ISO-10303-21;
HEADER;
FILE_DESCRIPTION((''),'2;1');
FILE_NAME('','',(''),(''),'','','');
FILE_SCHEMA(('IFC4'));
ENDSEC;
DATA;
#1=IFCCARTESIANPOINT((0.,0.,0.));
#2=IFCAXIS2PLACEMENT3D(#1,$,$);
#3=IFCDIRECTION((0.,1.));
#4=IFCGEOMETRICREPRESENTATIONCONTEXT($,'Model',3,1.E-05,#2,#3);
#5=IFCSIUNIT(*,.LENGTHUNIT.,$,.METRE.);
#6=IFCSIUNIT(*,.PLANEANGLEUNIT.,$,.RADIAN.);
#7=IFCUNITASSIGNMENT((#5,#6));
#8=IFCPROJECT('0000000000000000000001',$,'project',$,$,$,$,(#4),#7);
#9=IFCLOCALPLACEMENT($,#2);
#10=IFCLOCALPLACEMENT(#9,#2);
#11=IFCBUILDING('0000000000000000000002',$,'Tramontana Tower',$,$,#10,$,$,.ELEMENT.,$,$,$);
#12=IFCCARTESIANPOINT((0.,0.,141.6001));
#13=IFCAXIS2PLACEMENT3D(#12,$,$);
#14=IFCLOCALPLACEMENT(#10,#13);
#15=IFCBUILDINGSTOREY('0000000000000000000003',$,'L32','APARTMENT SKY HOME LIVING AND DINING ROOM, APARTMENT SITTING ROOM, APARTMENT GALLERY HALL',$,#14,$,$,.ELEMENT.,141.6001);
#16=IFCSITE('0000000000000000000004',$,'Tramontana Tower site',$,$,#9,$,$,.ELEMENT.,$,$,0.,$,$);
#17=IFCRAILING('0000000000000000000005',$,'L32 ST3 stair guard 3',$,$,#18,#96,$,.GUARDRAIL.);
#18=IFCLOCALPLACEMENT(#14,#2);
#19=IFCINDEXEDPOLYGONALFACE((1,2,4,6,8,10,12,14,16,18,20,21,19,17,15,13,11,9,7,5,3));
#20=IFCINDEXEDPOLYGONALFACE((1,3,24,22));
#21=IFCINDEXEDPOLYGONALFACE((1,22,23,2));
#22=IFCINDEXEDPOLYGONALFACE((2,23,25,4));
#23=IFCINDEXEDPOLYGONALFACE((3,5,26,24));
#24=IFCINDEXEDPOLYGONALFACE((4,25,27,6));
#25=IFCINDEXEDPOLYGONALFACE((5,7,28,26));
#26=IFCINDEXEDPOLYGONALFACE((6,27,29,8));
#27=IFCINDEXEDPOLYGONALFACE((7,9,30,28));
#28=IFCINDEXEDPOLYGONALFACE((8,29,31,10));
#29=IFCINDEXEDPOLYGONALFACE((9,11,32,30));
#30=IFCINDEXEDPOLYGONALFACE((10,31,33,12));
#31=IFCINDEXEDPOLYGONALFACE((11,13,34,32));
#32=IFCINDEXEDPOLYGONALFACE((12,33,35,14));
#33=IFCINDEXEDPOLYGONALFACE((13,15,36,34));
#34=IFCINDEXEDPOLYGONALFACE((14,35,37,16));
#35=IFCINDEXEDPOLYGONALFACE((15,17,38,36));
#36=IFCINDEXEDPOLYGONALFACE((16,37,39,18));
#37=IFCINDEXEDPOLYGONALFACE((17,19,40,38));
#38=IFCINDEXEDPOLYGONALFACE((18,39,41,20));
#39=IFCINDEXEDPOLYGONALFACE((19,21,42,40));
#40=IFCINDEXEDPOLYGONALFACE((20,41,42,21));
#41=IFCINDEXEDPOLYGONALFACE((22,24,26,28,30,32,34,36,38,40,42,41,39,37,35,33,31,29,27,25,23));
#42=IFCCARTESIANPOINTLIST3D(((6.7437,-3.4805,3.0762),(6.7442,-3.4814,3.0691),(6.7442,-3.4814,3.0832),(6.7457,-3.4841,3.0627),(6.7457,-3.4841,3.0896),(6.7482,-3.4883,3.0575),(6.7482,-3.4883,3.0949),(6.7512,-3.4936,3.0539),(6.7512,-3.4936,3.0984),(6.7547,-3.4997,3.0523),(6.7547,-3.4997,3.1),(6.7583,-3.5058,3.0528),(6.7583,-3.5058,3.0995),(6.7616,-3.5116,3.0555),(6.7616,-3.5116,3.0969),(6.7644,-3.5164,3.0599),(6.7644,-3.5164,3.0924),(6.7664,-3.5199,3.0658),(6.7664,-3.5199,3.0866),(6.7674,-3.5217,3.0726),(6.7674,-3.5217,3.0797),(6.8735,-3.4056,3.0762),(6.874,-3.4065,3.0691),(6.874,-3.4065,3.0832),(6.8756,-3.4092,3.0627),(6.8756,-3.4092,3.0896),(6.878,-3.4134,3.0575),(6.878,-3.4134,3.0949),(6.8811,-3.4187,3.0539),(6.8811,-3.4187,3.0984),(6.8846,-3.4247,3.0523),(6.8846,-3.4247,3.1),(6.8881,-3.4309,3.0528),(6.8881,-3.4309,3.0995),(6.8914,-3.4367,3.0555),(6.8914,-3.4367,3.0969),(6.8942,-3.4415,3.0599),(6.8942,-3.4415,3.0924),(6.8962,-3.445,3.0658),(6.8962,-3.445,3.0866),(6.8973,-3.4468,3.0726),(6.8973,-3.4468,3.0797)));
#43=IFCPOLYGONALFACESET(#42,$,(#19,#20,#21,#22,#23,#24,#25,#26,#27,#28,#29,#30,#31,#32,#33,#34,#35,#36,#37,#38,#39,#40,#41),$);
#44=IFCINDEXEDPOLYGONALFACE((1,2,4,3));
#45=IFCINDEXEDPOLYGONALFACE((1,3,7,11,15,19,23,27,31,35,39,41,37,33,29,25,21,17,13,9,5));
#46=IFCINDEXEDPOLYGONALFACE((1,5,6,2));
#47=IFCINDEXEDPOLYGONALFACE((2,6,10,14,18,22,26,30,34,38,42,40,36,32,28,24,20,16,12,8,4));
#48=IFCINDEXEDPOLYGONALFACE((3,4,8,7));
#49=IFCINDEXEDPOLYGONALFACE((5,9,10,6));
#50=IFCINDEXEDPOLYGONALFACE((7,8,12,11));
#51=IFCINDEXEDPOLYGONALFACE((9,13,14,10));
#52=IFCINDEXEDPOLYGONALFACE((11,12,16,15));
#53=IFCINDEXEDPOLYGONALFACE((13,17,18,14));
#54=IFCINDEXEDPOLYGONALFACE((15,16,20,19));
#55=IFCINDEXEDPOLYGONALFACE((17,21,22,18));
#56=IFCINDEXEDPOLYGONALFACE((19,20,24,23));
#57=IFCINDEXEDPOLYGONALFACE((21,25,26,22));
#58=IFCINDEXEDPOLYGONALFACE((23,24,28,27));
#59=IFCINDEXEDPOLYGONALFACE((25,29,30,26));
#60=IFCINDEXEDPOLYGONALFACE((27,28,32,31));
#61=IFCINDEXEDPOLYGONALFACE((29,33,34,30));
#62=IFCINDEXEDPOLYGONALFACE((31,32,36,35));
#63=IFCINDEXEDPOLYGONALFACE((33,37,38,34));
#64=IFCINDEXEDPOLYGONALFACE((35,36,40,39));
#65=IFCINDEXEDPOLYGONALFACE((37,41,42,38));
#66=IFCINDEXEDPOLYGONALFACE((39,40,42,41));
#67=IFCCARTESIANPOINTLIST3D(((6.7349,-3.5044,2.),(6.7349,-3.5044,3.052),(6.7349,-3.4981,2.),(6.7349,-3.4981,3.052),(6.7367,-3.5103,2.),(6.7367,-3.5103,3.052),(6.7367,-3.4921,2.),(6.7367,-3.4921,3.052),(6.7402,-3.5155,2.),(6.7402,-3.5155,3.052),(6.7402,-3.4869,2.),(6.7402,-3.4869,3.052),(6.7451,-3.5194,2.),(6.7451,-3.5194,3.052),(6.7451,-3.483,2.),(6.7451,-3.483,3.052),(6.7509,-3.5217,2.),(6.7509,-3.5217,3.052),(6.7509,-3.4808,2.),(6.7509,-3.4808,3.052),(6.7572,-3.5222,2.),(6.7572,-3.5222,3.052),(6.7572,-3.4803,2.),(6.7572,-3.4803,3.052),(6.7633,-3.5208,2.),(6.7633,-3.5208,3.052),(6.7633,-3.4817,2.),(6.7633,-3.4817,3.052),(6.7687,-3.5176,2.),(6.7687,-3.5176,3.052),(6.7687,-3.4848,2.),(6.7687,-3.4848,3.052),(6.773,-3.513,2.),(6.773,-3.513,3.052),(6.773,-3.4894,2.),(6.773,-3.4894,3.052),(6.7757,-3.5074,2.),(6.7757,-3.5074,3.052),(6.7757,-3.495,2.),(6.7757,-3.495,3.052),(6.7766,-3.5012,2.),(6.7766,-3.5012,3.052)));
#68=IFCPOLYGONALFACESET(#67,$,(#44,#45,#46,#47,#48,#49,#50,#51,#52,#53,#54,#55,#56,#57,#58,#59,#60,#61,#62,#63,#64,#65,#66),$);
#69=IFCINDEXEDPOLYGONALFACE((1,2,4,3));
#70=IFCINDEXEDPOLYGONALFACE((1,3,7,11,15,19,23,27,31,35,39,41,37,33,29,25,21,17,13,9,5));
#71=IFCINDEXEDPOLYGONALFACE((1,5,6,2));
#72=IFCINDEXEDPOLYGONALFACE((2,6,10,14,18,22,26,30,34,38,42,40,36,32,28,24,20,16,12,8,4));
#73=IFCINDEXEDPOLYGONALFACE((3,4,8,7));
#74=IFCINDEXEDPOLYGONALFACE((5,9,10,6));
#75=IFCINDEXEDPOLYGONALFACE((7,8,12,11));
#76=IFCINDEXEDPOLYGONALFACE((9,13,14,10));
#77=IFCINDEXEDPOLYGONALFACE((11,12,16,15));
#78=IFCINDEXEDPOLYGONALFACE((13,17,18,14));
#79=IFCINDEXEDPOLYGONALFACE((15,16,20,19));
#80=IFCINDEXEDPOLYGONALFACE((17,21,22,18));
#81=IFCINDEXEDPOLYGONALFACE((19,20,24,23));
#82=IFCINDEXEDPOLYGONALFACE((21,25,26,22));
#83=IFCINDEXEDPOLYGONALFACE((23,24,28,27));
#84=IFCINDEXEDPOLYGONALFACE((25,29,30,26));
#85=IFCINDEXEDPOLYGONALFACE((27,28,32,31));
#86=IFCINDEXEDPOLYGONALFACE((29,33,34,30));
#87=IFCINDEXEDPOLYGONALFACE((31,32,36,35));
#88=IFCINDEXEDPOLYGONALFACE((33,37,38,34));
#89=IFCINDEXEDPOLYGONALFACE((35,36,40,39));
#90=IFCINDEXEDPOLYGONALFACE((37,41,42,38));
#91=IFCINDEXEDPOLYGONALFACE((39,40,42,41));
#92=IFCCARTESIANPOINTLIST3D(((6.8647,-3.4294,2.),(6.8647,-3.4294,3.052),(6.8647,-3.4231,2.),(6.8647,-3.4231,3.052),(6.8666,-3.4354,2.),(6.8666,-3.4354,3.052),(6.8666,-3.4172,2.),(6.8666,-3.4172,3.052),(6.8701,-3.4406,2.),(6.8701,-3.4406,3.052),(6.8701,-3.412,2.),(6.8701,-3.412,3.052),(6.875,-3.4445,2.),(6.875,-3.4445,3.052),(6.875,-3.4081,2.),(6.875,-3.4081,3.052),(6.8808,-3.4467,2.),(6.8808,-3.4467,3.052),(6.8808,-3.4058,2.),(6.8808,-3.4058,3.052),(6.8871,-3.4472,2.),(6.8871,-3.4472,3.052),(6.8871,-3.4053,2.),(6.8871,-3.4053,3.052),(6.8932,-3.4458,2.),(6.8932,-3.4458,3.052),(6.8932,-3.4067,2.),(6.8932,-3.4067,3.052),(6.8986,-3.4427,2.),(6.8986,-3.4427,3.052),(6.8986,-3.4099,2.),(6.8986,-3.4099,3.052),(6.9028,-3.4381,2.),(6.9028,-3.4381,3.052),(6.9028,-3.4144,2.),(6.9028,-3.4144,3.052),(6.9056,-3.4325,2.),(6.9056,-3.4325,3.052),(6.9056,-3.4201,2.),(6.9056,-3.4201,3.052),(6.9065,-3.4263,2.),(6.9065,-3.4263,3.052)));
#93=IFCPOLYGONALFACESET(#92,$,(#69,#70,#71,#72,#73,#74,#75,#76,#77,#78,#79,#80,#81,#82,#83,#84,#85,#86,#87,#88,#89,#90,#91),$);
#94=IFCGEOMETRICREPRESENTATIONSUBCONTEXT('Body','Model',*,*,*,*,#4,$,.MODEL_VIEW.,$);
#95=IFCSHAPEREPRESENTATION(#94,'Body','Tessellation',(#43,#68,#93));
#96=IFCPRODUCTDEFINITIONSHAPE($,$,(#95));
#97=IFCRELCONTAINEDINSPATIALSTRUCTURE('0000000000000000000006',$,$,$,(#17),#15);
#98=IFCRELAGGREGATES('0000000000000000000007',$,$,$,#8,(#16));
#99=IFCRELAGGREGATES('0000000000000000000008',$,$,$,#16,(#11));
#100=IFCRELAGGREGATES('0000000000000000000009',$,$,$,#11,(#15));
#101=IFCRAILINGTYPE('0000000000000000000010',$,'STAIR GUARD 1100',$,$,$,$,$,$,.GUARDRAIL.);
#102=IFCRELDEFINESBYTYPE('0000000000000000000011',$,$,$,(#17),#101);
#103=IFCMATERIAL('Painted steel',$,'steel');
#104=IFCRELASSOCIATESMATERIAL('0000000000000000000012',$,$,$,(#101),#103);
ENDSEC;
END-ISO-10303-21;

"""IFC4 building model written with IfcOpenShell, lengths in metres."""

from ifc_helpers import new_model, si_unit, direction, frame, origin, origin_2d, place, context, subcontext, project, spatial, circle, extrude, material, type_object, element, save


model = new_model("IFC4")

# Units and contexts
model_context = context("Model", 3, precision=1e-05, world=origin(), true_north=direction((0.0, 1.0)))
body_context = subcontext(model_context, "Body", "Model", "MODEL_VIEW")
ifc_project = project(units=[si_unit("LENGTHUNIT", "METRE"), si_unit("PLANEANGLEUNIT", "RADIAN")], contexts=[model_context])

# Site, building, storey
site_placement = place(None, origin())
site = spatial("IfcSite", under=ifc_project, at=site_placement, Name="Tramontana Tower site", CompositionType="ELEMENT", RefElevation=0.0)
building_placement = place(site_placement, origin())
building = spatial("IfcBuilding", under=site, at=building_placement, Name="Tramontana Tower", CompositionType="ELEMENT")
storey_placement = place(building_placement, frame((0.0, 0.0, 141.6001)))
storey = spatial("IfcBuildingStorey", under=building, at=storey_placement, Name="L32", Description="APARTMENT SKY HOME LIVING AND DINING ROOM, APARTMENT SITTING ROOM, APARTMENT GALLERY HALL", CompositionType="ELEMENT", Elevation=141.6001)

# Railing
ifc_material_1 = material(Name="Painted steel", Category="steel")
railing_type_1 = type_object("IfcRailingType", Name="STAIR GUARD 1100", PredefinedType="GUARDRAIL", material=ifc_material_1)
railing_1_placement = place(storey_placement, frame((6.7556, -3.5012, 2.0)))
element("IfcRailing", 1, at=railing_1_placement, inside=storey, type_object=railing_type_1, Name="L32 ST3 stair guard 3", PredefinedType="GUARDRAIL", context=body_context, shape_type="SweptSolid", body=[
    extrude(circle(Radius=0.0239, at=origin_2d()), frame((0.0, 0.0, 1.0762), z_axis=(0.866131, 0.499816, 0.0), x_axis=(-0.499816, 0.866131, 0.0)), (0.0, 0.0, 1.0), 0.1499),
    extrude(circle(Radius=0.021, at=origin_2d()), origin(), (0.0, 0.0, 1.0), 1.052),
    extrude(circle(Radius=0.021, at=origin_2d()), frame((0.1299, 0.075, 0.0)), (0.0, 0.0, 1.0), 1.052),
])

save(model, "model.ifc")
